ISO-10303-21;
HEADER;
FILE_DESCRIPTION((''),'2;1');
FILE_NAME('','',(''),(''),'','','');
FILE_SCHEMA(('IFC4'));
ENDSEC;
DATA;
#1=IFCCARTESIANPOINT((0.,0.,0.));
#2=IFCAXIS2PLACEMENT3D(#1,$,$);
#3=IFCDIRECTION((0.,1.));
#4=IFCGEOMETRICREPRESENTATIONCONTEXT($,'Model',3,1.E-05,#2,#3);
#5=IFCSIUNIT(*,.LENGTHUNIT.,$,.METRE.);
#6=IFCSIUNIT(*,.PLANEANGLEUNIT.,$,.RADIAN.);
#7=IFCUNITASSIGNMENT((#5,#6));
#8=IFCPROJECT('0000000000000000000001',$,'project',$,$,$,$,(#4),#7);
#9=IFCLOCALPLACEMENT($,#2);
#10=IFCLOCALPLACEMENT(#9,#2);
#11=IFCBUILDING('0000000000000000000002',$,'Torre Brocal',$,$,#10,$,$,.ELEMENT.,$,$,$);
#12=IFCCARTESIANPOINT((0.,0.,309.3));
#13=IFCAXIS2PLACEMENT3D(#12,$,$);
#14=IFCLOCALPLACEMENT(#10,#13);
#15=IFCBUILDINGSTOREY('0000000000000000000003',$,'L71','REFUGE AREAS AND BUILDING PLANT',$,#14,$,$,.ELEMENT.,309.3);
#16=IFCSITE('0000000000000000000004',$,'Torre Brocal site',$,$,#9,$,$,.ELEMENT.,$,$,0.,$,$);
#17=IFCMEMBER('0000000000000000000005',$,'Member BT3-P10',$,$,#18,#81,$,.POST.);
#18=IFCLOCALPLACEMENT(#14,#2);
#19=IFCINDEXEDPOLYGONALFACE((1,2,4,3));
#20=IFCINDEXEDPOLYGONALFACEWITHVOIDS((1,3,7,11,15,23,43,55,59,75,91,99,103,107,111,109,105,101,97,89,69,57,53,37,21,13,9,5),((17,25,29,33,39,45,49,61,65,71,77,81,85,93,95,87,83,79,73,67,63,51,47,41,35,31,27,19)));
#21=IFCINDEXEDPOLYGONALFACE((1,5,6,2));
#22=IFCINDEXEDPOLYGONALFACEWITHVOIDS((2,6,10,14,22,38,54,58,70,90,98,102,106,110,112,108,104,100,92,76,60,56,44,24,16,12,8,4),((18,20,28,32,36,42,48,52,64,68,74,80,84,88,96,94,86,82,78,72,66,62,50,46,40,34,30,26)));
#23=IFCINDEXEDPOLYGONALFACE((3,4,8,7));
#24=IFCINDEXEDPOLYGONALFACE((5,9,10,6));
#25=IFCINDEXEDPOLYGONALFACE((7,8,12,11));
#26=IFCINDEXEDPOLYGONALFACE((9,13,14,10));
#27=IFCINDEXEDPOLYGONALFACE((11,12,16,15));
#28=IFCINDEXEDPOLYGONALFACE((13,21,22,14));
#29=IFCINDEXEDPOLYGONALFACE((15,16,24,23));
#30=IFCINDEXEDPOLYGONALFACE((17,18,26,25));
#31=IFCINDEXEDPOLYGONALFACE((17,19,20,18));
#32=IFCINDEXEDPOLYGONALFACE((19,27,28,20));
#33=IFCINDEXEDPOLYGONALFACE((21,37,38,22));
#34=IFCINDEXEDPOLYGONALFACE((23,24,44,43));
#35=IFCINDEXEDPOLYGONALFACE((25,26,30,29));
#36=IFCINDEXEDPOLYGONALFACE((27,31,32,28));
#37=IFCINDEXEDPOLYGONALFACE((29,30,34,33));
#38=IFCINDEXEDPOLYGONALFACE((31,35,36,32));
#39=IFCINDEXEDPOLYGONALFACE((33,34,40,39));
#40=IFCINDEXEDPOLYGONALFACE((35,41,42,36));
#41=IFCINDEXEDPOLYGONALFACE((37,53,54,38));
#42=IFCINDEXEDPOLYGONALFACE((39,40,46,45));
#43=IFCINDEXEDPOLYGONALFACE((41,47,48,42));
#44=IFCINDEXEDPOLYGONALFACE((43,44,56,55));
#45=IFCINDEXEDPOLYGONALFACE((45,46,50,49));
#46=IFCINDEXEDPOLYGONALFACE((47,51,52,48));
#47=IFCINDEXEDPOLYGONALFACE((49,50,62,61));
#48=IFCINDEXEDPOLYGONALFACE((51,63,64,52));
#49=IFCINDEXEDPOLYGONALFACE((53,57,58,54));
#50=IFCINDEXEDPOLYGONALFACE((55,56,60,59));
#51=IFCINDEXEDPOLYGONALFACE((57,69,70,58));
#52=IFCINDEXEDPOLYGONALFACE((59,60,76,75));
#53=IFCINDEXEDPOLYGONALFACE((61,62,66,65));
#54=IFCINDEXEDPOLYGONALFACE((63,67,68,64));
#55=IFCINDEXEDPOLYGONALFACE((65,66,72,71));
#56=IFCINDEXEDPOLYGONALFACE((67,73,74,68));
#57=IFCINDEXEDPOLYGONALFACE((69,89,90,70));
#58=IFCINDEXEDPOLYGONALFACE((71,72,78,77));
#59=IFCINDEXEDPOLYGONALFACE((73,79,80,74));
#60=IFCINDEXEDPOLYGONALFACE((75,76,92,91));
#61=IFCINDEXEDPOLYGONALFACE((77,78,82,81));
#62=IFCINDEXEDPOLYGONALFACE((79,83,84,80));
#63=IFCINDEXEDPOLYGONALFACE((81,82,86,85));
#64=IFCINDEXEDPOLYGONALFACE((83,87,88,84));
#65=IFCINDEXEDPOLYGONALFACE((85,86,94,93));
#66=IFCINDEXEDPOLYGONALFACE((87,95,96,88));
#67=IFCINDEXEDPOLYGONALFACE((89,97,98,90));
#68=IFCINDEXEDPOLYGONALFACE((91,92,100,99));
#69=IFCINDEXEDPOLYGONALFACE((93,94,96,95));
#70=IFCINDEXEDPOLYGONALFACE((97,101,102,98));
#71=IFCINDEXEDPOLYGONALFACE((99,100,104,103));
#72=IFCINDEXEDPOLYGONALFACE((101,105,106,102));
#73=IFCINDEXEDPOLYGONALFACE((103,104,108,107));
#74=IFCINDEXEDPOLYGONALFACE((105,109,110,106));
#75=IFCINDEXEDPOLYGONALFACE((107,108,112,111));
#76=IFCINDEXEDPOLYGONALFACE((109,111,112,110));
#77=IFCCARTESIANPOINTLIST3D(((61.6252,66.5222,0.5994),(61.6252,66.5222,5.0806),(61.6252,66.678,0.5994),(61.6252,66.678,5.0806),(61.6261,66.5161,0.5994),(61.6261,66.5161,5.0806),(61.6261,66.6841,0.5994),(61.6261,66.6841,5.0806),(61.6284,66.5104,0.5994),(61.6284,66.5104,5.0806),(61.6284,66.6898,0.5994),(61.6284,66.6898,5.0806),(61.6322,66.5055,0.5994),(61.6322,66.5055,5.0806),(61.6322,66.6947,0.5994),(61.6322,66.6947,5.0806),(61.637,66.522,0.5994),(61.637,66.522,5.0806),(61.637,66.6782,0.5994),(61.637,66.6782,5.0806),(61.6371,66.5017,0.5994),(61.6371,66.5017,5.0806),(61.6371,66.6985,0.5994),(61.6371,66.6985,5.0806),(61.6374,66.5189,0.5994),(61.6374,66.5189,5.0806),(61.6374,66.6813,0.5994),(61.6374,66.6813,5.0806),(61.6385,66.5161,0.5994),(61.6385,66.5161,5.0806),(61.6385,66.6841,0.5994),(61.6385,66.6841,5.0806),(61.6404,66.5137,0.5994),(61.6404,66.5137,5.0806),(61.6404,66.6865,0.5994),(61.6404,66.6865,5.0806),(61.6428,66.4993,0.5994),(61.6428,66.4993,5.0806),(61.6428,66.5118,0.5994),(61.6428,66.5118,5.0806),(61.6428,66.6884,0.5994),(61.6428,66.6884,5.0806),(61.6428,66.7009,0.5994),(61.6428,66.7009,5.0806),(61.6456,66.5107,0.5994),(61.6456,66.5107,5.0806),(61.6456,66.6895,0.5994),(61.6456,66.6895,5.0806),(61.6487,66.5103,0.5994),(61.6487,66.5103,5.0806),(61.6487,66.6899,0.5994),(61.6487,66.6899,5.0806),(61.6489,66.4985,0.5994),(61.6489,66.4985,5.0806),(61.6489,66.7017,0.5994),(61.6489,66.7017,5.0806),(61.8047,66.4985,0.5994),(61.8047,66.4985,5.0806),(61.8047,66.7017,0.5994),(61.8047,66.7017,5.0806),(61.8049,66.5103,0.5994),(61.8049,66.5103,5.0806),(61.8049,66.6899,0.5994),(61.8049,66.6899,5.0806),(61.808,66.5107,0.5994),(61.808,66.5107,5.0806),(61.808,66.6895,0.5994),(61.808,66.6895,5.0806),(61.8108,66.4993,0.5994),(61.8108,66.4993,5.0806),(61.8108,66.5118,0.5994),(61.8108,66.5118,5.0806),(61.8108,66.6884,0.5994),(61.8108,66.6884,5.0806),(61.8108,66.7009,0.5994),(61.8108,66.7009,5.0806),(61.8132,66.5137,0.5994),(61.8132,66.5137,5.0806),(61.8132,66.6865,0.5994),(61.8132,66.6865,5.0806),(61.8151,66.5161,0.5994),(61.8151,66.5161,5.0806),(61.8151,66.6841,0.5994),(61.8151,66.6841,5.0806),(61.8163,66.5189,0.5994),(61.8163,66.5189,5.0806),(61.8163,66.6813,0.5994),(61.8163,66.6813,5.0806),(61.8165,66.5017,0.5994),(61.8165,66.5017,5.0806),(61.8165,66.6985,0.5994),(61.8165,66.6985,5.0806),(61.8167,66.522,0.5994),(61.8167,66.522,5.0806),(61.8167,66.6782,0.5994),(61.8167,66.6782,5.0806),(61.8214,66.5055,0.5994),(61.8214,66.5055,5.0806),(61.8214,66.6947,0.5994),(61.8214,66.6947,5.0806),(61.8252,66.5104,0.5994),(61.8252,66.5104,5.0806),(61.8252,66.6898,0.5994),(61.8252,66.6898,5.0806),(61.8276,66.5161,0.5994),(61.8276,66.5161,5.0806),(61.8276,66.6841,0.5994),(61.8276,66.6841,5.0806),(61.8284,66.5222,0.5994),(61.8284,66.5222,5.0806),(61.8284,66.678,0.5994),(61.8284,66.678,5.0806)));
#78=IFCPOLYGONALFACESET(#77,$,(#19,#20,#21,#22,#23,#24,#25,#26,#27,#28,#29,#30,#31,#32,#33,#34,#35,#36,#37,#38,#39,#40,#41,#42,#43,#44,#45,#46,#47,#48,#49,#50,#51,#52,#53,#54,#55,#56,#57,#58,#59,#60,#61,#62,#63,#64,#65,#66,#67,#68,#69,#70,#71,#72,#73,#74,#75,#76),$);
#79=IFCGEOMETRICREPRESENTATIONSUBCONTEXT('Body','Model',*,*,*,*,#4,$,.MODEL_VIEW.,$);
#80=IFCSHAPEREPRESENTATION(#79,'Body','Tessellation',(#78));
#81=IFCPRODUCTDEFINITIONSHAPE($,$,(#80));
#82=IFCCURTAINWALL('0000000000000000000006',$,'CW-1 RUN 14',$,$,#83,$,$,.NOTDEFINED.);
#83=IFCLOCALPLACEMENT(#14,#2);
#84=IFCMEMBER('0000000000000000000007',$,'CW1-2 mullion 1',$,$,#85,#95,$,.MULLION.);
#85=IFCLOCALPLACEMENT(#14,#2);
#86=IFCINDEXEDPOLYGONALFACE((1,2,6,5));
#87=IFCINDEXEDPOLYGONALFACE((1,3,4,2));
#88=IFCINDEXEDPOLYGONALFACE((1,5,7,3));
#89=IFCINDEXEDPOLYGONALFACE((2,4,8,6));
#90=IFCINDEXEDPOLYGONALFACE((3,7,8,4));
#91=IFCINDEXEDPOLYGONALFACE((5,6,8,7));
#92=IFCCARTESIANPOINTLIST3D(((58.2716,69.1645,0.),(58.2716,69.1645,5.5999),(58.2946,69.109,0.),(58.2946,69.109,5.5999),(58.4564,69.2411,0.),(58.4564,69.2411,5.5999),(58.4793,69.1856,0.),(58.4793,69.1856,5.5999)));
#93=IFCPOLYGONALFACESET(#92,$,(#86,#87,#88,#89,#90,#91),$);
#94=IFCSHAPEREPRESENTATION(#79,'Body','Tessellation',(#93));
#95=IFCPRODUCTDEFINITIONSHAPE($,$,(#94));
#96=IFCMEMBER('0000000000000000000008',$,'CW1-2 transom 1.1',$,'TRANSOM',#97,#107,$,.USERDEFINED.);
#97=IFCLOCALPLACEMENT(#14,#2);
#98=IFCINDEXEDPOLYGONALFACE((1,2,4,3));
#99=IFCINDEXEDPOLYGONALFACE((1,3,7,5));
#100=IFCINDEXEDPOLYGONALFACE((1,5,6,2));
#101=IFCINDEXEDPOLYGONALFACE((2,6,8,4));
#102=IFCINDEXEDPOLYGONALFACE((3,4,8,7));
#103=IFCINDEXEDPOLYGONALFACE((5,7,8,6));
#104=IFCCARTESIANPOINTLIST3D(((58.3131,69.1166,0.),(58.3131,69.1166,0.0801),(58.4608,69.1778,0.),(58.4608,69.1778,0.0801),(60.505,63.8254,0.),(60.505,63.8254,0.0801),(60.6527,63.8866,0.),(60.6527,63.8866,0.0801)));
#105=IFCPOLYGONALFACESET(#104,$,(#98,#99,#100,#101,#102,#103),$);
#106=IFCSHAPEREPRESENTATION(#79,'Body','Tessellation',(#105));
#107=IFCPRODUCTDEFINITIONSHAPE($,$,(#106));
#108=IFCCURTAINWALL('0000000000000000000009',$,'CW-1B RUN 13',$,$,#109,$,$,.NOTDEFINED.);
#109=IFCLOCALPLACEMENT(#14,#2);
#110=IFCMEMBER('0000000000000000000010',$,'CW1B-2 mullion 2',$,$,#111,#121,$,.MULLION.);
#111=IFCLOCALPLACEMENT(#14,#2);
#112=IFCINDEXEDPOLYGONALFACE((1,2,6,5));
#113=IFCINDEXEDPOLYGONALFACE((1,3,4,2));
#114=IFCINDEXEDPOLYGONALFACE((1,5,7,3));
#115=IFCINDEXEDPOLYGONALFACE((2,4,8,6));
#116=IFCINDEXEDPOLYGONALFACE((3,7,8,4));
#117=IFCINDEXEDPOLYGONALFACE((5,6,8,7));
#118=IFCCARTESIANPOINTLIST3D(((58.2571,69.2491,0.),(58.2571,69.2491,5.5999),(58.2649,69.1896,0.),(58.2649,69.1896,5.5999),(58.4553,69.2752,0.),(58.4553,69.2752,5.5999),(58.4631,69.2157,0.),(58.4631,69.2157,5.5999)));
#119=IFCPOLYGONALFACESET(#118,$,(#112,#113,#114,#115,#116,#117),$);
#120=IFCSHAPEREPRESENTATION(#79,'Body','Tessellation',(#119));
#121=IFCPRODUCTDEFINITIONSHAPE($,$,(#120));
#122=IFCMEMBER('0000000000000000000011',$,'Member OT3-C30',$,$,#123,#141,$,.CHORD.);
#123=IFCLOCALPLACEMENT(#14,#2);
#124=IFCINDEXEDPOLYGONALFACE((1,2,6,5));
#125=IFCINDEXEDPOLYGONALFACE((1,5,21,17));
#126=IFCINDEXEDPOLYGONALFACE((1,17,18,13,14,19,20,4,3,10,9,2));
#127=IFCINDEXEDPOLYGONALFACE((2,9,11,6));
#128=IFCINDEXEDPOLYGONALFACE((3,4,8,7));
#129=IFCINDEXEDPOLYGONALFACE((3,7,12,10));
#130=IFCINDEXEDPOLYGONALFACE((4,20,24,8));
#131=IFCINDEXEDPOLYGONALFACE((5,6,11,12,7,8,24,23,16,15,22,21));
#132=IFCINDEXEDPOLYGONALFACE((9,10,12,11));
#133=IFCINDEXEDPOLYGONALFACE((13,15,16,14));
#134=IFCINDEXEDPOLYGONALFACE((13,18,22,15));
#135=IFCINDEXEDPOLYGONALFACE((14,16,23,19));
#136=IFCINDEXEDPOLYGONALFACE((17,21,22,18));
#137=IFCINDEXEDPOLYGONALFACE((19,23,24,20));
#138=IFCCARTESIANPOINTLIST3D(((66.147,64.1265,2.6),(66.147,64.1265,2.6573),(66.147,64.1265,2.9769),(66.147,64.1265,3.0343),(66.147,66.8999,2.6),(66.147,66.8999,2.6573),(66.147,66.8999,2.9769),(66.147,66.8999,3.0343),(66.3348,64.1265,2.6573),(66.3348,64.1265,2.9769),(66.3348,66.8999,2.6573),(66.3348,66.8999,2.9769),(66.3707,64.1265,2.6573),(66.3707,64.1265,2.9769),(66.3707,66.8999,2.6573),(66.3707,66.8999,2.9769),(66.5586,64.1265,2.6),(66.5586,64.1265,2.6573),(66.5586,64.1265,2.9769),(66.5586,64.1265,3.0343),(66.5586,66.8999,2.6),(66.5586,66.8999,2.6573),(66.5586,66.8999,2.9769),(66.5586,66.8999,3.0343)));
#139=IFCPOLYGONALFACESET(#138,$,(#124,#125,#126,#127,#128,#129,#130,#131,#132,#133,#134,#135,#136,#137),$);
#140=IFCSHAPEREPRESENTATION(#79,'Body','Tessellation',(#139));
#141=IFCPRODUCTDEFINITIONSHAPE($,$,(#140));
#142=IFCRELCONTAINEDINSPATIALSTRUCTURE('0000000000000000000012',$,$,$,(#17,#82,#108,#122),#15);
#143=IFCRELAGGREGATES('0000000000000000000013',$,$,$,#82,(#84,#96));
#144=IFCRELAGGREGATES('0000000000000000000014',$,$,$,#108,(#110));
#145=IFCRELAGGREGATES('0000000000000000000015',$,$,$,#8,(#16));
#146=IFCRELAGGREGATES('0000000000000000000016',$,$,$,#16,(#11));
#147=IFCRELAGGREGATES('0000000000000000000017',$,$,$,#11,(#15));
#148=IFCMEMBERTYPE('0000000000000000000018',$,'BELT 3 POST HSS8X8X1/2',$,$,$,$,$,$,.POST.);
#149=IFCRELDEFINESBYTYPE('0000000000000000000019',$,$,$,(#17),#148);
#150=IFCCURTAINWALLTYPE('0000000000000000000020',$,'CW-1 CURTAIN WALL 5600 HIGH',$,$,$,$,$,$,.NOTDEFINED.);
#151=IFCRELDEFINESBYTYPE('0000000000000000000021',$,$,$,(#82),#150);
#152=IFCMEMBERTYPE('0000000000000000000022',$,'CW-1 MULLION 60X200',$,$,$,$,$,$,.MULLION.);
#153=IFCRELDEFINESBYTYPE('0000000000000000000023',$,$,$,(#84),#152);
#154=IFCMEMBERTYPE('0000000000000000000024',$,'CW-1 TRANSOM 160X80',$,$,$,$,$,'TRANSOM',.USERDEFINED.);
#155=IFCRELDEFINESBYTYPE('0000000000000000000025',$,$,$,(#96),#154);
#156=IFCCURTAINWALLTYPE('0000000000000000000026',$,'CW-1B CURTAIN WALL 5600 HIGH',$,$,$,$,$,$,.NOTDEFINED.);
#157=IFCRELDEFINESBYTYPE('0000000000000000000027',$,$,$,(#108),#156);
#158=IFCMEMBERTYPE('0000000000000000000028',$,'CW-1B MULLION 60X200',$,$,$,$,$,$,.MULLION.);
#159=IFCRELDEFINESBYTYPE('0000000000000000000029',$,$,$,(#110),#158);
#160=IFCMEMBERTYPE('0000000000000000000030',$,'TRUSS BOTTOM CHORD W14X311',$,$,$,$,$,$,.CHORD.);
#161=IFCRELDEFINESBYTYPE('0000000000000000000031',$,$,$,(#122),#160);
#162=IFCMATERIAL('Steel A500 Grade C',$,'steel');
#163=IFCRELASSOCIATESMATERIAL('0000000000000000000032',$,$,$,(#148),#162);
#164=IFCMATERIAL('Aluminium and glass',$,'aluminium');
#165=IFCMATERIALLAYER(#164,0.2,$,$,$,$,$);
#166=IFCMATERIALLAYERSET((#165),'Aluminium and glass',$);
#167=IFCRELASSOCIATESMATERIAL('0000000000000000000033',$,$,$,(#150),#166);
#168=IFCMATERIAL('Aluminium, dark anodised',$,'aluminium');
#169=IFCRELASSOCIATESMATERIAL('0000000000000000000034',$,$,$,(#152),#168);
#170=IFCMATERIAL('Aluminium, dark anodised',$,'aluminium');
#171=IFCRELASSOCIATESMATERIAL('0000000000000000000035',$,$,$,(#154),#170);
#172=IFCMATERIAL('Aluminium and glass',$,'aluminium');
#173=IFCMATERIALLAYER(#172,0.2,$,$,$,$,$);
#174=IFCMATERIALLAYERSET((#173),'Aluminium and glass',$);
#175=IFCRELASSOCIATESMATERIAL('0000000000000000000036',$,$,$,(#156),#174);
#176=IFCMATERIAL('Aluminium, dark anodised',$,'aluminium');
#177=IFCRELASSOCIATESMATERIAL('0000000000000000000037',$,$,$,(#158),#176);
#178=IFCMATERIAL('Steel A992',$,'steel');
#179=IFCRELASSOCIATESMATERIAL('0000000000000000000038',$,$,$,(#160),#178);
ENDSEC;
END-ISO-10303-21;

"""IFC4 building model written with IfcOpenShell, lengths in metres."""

from ifc_helpers import new_model, si_unit, direction, frame, origin, origin_2d, place, context, subcontext, project, spatial, rectangle, hollow_rectangle, i_section, extrude, material, layer, layer_set, material_profile, profile_set, type_object, element, aggregate, save


model = new_model("IFC4")

# Units and contexts
model_context = context("Model", 3, precision=1e-05, world=origin(), true_north=direction((0.0, 1.0)))
body_context = subcontext(model_context, "Body", "Model", "MODEL_VIEW")
ifc_project = project(units=[si_unit("LENGTHUNIT", "METRE"), si_unit("PLANEANGLEUNIT", "RADIAN")], contexts=[model_context])

# Site, building, storey
site_placement = place(None, origin())
site = spatial("IfcSite", under=ifc_project, at=site_placement, Name="Torre Brocal site", CompositionType="ELEMENT", RefElevation=0.0)
building_placement = place(site_placement, origin())
building = spatial("IfcBuilding", under=site, at=building_placement, Name="Torre Brocal", CompositionType="ELEMENT")
storey_placement = place(building_placement, frame((0.0, 0.0, 309.3)))
storey = spatial("IfcBuildingStorey", under=building, at=storey_placement, Name="L71", Description="REFUGE AREAS AND BUILDING PLANT", CompositionType="ELEMENT", Elevation=309.3)

# Member
ifc_material_1 = material(Name="Steel A500 Grade C", Category="steel")
ifc_material_profile_1 = material_profile(ifc_material_1, hollow_rectangle(XDim=0.2031, YDim=0.2031, WallThickness=0.0117, InnerFilletRadius=0.0117, OuterFilletRadius=0.0237, at=origin_2d()), Name="HSS8X8X1/2")
ifc_profile_set_1 = profile_set([ifc_material_profile_1], Name="Steel A500 Grade C")
member_type_1 = type_object("IfcMemberType", Name="BELT 3 POST HSS8X8X1/2", PredefinedType="POST", material=ifc_profile_set_1)
member_1_placement = place(storey_placement, frame((61.7268, 66.6001, 0.5994), z_axis=(0.0, 0.0, 1.0), x_axis=(1.0, 0.0, 0.0)))
element("IfcMember", 1, at=member_1_placement, inside=storey, type_object=member_type_1, Name="Member BT3-P10", PredefinedType="POST", context=body_context, shape_type="SweptSolid", body=[
    extrude(hollow_rectangle(XDim=0.2031, YDim=0.2031, WallThickness=0.0117, InnerFilletRadius=0.0117, OuterFilletRadius=0.0237, at=origin_2d()), origin(), (0.0, 0.0, 1.0), 4.4812),
])

# Curtain wall, members
ifc_material_2 = material(Name="Aluminium and glass", Category="aluminium")
ifc_layer_1 = layer(ifc_material_2, 0.2)
ifc_layer_set_1 = layer_set([ifc_layer_1], Name="Aluminium and glass")
curtain_wall_type_1 = type_object("IfcCurtainWallType", Name="CW-1 CURTAIN WALL 5600 HIGH", PredefinedType="NOTDEFINED", material=ifc_layer_set_1)
curtain_wall_1_placement = place(storey_placement, origin())
curtain_wall_1 = element("IfcCurtainWall", 2, at=curtain_wall_1_placement, inside=storey, type_object=curtain_wall_type_1, Name="CW-1 RUN 14", PredefinedType="NOTDEFINED")
ifc_material_3 = material(Name="Aluminium, dark anodised", Category="aluminium")
ifc_material_profile_2 = material_profile(ifc_material_3, rectangle(XDim=0.2, YDim=0.0601, at=origin_2d()), Name="CW-1 MULLION 60X200")
ifc_profile_set_2 = profile_set([ifc_material_profile_2], Name="Aluminium, dark anodised")
member_type_2 = type_object("IfcMemberType", Name="CW-1 MULLION 60X200", PredefinedType="MULLION", material=ifc_profile_set_2)
member_2_placement = place(storey_placement, frame((58.3755, 69.175, 0.0), z_axis=(0.0, 0.0, 1.0), x_axis=(0.92388, 0.382683, 0.0)))
member_2 = element("IfcMember", 3, at=member_2_placement, type_object=member_type_2, Name="CW1-2 mullion 1", PredefinedType="MULLION", context=body_context, shape_type="SweptSolid", body=[
    extrude(rectangle(XDim=0.2, YDim=0.0601, at=origin_2d()), origin(), (0.0, 0.0, 1.0), 5.5999),
])
ifc_material_4 = material(Name="Aluminium, dark anodised", Category="aluminium")
ifc_material_profile_3 = material_profile(ifc_material_4, rectangle(XDim=0.1599, YDim=0.0801, at=origin_2d()), Name="CW-1 TRANSOM 160X80")
ifc_profile_set_3 = profile_set([ifc_material_profile_3], Name="Aluminium, dark anodised")
member_type_3 = type_object("IfcMemberType", Name="CW-1 TRANSOM 160X80", ElementType="TRANSOM", PredefinedType="USERDEFINED", material=ifc_profile_set_3)
member_3_placement = place(storey_placement, frame((58.387, 69.1472, 0.04), z_axis=(0.382711, -0.923868, 0.0), x_axis=(0.923868, 0.382711, 0.0)))
member_3 = element("IfcMember", 4, at=member_3_placement, type_object=member_type_3, Name="CW1-2 transom 1.1", ObjectType="TRANSOM", PredefinedType="USERDEFINED", context=body_context, shape_type="SweptSolid", body=[
    extrude(rectangle(XDim=0.1599, YDim=0.0801, at=origin_2d()), origin(), (0.0, 0.0, 1.0), 5.7273),
])

# Curtain wall, member
ifc_material_5 = material(Name="Aluminium and glass", Category="aluminium")
ifc_layer_2 = layer(ifc_material_5, 0.2)
ifc_layer_set_2 = layer_set([ifc_layer_2], Name="Aluminium and glass")
curtain_wall_type_2 = type_object("IfcCurtainWallType", Name="CW-1B CURTAIN WALL 5600 HIGH", PredefinedType="NOTDEFINED", material=ifc_layer_set_2)
curtain_wall_2_placement = place(storey_placement, origin())
curtain_wall_2 = element("IfcCurtainWall", 5, at=curtain_wall_2_placement, inside=storey, type_object=curtain_wall_type_2, Name="CW-1B RUN 13", PredefinedType="NOTDEFINED")
ifc_material_6 = material(Name="Aluminium, dark anodised", Category="aluminium")
ifc_material_profile_4 = material_profile(ifc_material_6, rectangle(XDim=0.2, YDim=0.0601, at=origin_2d()), Name="CW-1B MULLION 60X200")
ifc_profile_set_4 = profile_set([ifc_material_profile_4], Name="Aluminium, dark anodised")
member_type_4 = type_object("IfcMemberType", Name="CW-1B MULLION 60X200", PredefinedType="MULLION", material=ifc_profile_set_4)
member_4_placement = place(storey_placement, frame((58.3601, 69.2324, 0.0), z_axis=(0.0, 0.0, 1.0), x_axis=(0.991445, 0.130526, 0.0)))
member_4 = element("IfcMember", 6, at=member_4_placement, type_object=member_type_4, Name="CW1B-2 mullion 2", PredefinedType="MULLION", context=body_context, shape_type="SweptSolid", body=[
    extrude(rectangle(XDim=0.2, YDim=0.0601, at=origin_2d()), origin(), (0.0, 0.0, 1.0), 5.5999),
])

# Member
ifc_material_7 = material(Name="Steel A992", Category="steel")
ifc_material_profile_5 = material_profile(ifc_material_7, i_section(OverallWidth=0.4116, OverallDepth=0.4343, WebThickness=0.0359, FlangeThickness=0.0574, at=origin_2d()), Name="W14X311")
ifc_profile_set_5 = profile_set([ifc_material_profile_5], Name="Steel A992")
member_type_5 = type_object("IfcMemberType", Name="TRUSS BOTTOM CHORD W14X311", PredefinedType="CHORD", material=ifc_profile_set_5)
member_5_placement = place(storey_placement, frame((66.3528, 66.8999, 2.8171), z_axis=(0.0, -1.0, 0.0), x_axis=(1.0, 0.0, 0.0)))
element("IfcMember", 7, at=member_5_placement, inside=storey, type_object=member_type_5, Name="Member OT3-C30", PredefinedType="CHORD", context=body_context, shape_type="SweptSolid", body=[
    extrude(i_section(OverallWidth=0.4116, OverallDepth=0.4343, WebThickness=0.0359, FlangeThickness=0.0574, at=origin_2d()), origin(), (0.0, 0.0, 1.0), 2.7734),
])

aggregate(curtain_wall_1, [member_2, member_3])
aggregate(curtain_wall_2, [member_4])

save(model, "model.ifc")
